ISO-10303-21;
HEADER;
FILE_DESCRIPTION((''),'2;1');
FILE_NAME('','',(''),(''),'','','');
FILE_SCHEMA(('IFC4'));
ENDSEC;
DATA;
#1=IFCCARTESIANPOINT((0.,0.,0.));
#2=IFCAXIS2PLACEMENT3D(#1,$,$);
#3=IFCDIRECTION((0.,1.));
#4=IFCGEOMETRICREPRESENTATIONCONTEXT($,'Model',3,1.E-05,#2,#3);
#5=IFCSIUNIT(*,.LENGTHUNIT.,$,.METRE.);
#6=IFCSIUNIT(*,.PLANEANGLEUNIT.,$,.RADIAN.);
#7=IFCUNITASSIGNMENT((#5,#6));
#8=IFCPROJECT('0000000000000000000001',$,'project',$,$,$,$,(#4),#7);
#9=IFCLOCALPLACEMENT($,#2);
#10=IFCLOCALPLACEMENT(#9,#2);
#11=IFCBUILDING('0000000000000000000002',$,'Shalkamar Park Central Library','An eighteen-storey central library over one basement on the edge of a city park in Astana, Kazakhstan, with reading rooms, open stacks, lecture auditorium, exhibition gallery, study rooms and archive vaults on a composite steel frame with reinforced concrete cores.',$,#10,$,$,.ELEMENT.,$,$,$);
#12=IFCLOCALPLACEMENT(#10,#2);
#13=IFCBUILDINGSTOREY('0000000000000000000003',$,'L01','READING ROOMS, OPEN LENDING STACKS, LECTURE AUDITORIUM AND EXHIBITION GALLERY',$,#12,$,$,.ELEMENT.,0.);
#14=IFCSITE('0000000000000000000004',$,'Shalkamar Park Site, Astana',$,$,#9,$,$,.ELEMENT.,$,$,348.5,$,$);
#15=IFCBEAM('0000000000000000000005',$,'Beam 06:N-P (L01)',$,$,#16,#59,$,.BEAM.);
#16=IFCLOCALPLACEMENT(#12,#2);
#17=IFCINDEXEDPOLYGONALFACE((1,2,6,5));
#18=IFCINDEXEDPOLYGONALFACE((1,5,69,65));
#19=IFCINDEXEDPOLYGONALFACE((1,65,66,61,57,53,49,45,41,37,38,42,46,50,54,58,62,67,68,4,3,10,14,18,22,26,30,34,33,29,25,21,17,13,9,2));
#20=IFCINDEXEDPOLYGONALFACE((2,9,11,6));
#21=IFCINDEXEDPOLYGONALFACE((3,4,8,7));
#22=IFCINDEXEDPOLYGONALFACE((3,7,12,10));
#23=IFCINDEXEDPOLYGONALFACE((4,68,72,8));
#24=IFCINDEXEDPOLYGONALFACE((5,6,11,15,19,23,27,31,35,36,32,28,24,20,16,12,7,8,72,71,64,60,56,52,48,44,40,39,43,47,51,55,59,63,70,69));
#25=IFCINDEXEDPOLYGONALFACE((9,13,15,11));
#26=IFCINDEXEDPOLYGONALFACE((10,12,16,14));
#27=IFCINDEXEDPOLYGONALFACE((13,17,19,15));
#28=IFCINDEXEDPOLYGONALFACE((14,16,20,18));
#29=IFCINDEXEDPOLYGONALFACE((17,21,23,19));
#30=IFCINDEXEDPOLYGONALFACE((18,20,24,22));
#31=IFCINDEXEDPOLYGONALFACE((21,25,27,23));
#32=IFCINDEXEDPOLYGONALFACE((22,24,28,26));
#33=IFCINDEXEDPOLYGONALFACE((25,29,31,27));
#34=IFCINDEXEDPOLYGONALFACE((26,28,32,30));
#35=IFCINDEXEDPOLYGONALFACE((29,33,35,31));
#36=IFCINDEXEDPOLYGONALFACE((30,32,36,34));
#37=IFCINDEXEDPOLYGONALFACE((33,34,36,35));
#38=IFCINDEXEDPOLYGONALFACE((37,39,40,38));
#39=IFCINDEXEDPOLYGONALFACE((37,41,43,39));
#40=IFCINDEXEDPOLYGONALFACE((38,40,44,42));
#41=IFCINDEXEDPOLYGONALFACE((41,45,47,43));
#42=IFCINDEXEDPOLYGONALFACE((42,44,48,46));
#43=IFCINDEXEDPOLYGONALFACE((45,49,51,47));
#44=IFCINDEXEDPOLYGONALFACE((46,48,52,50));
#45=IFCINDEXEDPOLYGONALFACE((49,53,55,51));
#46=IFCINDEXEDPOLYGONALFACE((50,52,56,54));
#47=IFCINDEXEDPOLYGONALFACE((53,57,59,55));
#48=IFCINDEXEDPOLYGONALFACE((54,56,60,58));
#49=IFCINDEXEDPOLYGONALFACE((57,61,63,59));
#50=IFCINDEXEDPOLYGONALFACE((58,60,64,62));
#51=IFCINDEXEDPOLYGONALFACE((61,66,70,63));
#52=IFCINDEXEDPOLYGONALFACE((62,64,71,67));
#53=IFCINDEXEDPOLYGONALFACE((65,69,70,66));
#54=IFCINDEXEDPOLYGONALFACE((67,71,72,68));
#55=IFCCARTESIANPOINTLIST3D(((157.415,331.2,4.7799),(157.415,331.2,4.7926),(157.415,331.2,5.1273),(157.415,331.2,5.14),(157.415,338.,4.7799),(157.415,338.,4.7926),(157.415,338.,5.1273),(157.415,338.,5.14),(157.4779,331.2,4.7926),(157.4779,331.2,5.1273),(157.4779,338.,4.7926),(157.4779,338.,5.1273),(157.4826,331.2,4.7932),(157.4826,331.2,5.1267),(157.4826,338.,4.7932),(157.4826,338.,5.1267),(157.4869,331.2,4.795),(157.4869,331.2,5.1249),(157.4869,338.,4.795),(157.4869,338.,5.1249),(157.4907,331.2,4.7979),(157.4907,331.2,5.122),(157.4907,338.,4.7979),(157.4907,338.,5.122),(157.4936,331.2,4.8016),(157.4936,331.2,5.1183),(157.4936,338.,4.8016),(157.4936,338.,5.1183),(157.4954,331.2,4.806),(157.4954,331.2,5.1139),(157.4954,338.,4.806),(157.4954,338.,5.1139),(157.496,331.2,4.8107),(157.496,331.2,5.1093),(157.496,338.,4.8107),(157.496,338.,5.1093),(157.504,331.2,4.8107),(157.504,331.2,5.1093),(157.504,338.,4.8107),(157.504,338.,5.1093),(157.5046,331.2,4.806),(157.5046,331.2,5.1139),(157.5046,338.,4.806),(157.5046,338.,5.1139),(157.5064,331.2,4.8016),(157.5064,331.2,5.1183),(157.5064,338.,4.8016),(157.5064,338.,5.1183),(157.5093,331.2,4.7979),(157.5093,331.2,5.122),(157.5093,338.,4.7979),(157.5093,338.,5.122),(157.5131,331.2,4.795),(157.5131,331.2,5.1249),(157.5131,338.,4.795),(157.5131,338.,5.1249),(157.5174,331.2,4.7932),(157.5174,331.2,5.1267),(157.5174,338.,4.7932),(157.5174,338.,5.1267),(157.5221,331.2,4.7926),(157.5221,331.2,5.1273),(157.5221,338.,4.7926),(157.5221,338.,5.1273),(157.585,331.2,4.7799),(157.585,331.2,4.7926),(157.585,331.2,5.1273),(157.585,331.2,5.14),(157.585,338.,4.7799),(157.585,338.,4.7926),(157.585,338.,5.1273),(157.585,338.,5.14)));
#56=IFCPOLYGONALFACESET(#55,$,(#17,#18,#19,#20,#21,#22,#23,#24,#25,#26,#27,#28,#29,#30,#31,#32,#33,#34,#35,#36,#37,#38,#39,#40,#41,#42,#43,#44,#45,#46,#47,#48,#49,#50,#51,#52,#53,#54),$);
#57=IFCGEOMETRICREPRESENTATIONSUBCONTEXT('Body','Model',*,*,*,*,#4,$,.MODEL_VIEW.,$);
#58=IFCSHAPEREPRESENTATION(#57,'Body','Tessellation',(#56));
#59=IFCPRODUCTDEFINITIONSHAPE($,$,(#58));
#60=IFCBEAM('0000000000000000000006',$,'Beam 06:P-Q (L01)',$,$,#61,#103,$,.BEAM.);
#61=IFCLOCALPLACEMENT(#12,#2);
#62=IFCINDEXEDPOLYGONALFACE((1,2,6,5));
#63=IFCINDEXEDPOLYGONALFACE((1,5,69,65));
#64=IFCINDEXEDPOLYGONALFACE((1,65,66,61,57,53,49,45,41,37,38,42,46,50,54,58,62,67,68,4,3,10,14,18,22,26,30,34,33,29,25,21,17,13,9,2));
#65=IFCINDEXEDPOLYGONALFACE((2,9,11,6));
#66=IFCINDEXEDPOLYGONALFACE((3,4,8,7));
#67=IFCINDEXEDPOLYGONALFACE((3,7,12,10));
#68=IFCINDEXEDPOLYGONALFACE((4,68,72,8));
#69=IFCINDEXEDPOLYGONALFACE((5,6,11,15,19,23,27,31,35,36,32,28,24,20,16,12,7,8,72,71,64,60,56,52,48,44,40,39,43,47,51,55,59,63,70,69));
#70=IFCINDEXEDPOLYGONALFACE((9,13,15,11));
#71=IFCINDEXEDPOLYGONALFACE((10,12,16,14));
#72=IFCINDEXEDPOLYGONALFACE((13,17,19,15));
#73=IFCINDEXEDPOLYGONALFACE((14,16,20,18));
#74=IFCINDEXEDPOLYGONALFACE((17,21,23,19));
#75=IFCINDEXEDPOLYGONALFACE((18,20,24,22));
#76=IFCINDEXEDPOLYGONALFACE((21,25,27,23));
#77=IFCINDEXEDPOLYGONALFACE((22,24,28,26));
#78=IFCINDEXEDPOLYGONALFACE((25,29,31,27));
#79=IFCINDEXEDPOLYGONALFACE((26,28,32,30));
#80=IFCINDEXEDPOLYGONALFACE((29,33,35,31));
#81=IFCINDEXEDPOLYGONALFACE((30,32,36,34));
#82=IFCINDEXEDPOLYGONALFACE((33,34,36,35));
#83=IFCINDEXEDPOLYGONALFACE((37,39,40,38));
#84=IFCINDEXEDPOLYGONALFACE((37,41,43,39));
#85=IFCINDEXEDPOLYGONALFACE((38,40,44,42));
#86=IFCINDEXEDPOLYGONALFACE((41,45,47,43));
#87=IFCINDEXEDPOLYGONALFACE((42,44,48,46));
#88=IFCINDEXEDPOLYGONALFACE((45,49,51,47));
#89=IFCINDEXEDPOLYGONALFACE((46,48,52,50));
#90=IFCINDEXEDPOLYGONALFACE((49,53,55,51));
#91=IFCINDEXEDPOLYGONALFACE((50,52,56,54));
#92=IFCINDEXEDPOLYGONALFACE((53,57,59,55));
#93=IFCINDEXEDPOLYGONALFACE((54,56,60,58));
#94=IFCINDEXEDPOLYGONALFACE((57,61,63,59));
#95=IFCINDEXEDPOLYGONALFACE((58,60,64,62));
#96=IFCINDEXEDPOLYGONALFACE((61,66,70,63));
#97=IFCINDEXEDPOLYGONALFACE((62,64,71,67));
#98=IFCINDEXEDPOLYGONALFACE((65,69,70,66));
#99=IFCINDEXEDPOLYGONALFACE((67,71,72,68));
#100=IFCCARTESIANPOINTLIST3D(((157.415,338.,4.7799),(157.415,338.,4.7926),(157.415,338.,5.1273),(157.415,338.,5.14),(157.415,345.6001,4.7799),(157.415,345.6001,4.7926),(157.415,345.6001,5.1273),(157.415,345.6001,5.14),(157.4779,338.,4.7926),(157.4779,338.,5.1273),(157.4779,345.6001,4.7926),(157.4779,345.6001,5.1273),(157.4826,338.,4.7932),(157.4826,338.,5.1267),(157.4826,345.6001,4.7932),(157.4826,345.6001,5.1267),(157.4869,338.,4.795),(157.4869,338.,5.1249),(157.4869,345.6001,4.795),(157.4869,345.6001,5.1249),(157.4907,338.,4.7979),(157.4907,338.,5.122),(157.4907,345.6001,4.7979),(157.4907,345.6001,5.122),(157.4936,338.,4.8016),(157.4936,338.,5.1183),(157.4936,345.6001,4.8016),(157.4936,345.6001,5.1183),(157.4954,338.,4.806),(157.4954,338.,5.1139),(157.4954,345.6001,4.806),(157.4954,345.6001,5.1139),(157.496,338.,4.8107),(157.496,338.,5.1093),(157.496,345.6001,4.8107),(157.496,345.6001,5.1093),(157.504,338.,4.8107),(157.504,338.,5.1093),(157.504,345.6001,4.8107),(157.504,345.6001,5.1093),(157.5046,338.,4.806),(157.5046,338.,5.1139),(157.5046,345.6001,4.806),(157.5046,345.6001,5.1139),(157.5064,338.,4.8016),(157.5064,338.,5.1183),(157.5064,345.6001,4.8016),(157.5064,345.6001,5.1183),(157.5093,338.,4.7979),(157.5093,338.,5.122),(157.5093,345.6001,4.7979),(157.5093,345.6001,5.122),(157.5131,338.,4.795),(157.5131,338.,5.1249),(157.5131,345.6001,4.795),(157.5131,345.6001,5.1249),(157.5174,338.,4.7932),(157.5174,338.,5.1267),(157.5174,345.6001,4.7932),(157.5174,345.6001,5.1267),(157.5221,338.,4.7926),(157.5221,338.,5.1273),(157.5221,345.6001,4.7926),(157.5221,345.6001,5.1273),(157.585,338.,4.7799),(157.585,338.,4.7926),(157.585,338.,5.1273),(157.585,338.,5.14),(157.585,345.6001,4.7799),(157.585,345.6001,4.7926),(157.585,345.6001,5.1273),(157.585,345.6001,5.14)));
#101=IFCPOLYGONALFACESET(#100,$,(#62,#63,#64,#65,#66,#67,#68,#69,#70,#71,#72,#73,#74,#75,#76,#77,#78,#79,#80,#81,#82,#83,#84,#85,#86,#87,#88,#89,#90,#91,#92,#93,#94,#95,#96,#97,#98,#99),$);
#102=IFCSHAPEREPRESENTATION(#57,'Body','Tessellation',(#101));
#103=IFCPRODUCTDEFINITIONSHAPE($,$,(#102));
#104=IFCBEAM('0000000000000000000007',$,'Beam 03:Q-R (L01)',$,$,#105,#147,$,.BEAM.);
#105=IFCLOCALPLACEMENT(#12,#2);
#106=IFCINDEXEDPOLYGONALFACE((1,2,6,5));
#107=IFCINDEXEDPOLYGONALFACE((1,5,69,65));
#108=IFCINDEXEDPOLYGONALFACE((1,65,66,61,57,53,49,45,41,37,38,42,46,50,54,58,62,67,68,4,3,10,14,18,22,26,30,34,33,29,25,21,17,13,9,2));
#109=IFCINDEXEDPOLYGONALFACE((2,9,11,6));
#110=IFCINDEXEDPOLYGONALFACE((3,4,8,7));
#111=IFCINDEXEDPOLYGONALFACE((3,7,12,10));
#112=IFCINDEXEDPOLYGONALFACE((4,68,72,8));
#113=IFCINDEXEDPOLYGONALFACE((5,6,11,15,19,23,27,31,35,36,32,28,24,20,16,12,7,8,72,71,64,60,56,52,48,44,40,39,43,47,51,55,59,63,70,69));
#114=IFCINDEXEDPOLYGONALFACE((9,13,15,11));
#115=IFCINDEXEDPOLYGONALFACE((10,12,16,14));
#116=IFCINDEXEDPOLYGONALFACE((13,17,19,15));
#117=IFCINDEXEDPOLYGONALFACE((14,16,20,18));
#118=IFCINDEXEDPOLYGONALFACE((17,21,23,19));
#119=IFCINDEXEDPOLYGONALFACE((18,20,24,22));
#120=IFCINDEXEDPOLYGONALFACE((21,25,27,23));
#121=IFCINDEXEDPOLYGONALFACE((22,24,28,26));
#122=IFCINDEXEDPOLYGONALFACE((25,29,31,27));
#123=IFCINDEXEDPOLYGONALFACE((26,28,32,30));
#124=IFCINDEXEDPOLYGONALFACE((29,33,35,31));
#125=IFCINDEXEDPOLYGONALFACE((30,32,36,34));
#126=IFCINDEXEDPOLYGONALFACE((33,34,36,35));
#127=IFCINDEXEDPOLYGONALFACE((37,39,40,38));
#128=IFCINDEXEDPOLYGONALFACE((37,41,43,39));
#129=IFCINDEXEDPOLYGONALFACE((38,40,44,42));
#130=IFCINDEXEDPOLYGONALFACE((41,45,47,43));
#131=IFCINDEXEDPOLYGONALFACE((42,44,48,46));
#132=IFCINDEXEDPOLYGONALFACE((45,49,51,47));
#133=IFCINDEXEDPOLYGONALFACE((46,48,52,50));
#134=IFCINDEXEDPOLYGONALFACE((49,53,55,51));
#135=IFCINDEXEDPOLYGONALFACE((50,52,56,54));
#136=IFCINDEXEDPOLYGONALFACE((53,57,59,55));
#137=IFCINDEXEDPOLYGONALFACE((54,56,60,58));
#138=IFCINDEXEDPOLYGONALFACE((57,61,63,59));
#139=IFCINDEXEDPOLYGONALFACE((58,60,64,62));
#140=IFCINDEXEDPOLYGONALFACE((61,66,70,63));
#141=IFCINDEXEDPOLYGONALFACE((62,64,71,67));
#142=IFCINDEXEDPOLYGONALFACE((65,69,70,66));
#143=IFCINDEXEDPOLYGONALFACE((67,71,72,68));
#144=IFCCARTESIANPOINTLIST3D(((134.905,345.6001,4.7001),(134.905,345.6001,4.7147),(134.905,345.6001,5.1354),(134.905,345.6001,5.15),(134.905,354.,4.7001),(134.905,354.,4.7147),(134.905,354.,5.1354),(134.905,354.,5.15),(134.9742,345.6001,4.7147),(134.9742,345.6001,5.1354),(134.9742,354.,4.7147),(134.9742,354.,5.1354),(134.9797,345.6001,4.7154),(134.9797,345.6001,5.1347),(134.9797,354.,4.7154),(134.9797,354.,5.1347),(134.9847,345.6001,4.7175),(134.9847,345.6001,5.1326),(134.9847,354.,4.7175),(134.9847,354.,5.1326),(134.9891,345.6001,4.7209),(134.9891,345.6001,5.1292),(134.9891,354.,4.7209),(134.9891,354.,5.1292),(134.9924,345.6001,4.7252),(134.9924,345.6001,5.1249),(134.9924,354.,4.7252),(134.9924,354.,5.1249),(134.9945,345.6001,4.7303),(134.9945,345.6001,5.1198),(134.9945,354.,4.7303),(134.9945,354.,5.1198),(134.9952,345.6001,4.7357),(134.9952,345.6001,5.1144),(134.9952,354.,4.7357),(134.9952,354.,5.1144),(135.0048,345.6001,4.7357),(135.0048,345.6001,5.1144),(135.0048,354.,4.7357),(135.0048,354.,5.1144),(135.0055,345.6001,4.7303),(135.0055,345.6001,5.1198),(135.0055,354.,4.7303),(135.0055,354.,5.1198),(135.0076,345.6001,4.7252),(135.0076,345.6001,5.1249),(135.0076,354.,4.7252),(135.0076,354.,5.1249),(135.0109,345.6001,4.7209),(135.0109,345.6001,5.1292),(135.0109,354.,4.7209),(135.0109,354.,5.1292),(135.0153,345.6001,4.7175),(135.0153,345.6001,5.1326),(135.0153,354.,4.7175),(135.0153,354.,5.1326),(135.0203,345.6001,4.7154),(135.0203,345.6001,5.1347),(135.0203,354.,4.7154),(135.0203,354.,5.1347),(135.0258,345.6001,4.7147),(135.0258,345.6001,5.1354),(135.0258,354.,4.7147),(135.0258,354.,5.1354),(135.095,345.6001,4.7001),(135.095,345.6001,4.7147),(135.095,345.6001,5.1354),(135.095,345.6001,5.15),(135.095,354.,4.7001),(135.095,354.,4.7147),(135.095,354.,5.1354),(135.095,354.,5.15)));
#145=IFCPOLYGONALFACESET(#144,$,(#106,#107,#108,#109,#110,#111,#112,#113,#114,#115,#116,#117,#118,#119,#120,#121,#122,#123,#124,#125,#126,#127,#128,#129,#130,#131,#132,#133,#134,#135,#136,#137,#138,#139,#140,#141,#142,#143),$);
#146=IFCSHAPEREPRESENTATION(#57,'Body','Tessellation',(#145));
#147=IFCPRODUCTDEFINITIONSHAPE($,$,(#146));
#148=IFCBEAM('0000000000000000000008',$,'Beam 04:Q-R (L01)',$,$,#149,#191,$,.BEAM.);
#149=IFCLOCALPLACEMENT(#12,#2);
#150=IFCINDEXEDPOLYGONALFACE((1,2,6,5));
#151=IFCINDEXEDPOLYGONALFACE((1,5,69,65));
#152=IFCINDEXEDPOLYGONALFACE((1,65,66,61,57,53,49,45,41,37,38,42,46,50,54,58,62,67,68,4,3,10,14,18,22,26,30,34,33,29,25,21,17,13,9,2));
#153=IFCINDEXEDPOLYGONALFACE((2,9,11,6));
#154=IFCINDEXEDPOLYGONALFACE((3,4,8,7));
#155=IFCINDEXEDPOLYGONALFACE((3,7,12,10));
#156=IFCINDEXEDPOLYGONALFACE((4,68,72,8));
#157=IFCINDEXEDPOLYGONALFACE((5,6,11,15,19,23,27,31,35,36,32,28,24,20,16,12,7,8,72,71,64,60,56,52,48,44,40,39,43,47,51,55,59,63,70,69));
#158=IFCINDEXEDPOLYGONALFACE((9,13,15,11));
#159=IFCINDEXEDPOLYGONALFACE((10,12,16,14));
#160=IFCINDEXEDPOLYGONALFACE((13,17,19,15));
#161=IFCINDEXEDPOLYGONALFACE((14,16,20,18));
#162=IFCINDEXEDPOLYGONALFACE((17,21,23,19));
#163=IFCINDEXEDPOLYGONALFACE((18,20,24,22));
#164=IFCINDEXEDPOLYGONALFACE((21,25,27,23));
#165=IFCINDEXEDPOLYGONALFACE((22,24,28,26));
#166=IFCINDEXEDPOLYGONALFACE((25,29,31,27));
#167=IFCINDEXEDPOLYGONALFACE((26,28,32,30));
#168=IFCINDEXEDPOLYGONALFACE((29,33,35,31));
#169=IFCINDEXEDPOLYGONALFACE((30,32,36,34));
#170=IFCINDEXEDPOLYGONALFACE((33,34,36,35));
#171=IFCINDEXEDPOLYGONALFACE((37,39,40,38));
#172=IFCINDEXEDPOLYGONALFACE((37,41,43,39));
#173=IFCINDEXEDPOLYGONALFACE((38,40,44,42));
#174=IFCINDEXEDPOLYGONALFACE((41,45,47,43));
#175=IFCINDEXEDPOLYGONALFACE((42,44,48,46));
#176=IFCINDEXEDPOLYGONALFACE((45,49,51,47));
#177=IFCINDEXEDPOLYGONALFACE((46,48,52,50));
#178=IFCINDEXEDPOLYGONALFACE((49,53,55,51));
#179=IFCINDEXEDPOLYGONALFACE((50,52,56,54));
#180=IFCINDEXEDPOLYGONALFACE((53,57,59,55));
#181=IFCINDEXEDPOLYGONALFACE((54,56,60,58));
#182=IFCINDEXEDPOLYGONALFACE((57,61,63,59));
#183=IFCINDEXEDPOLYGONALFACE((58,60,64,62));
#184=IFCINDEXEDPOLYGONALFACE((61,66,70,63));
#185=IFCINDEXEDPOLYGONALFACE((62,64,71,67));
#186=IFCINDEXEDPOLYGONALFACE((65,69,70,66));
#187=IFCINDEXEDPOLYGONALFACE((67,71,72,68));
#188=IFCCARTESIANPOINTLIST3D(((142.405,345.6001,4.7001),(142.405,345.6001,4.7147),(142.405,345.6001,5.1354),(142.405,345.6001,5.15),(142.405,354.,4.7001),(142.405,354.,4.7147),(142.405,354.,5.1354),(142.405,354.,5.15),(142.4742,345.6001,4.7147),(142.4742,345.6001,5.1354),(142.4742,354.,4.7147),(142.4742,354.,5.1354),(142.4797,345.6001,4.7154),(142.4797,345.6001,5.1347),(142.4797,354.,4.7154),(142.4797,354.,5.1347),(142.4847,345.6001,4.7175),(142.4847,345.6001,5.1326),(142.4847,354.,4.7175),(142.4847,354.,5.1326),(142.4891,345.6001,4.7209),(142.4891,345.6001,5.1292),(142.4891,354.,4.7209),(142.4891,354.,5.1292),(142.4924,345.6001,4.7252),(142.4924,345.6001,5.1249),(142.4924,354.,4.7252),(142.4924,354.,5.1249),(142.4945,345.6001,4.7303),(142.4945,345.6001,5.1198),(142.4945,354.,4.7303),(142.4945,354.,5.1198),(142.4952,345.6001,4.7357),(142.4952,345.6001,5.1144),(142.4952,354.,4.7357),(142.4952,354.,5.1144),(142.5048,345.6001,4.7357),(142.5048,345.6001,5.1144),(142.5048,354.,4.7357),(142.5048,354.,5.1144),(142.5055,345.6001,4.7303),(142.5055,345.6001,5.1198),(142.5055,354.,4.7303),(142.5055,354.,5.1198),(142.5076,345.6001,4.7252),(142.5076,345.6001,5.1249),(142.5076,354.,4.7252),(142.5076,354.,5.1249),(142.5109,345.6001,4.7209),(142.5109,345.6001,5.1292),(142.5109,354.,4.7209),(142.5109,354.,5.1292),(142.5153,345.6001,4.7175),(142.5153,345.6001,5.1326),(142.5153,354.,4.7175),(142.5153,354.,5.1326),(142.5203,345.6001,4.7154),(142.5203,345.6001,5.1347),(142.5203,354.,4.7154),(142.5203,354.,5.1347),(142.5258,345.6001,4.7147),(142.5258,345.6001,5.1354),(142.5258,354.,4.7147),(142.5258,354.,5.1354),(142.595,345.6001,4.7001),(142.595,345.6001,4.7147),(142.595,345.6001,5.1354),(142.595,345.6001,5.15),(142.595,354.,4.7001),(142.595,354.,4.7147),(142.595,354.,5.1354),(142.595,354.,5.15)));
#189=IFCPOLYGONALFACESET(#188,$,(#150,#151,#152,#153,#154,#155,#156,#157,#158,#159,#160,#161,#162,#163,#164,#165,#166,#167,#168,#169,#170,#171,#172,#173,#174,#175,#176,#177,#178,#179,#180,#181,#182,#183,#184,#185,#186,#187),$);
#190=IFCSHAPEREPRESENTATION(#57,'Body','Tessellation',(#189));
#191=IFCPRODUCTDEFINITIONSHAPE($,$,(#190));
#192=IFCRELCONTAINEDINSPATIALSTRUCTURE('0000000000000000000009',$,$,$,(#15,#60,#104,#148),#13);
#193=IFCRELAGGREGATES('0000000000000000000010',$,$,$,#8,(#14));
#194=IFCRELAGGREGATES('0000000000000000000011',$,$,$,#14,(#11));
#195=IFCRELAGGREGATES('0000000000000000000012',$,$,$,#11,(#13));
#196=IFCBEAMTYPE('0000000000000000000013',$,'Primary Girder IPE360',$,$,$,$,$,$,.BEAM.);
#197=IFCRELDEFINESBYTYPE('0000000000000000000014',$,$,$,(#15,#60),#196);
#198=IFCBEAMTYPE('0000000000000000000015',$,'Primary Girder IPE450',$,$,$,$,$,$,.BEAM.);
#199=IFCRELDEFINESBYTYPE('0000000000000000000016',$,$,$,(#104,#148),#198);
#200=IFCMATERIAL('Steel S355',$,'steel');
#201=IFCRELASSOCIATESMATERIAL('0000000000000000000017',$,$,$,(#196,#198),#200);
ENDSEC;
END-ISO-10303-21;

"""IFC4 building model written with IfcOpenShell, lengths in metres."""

from ifc_helpers import new_model, si_unit, direction, frame, origin, origin_2d, place, context, subcontext, project, spatial, i_section, extrude, material, material_profile, profile_set, type_object, element, save


model = new_model("IFC4")

# Units and contexts
model_context = context("Model", 3, precision=1e-05, world=origin(), true_north=direction((0.0, 1.0)))
body_context = subcontext(model_context, "Body", "Model", "MODEL_VIEW")
ifc_project = project(units=[si_unit("LENGTHUNIT", "METRE"), si_unit("PLANEANGLEUNIT", "RADIAN")], contexts=[model_context])

# Site, building, storey
site_placement = place(None, origin())
site = spatial("IfcSite", under=ifc_project, at=site_placement, Name="Shalkamar Park Site, Astana", CompositionType="ELEMENT", RefElevation=348.5)
building_placement = place(site_placement, origin())
building = spatial("IfcBuilding", under=site, at=building_placement, Name="Shalkamar Park Central Library", Description="An eighteen-storey central library over one basement on the edge of a city park in Astana, Kazakhstan, with reading rooms, open stacks, lecture auditorium, exhibition gallery, study rooms and archive vaults on a composite steel frame with reinforced concrete cores.", CompositionType="ELEMENT")
storey_placement = place(building_placement, origin())
storey = spatial("IfcBuildingStorey", under=building, at=storey_placement, Name="L01", Description="READING ROOMS, OPEN LENDING STACKS, LECTURE AUDITORIUM AND EXHIBITION GALLERY", CompositionType="ELEMENT", Elevation=0.0)

# Shared definitions
ifc_material_1 = material(Name="Steel S355", Category="steel")

# Beams
ifc_material_profile_1 = material_profile(ifc_material_1, i_section(OverallWidth=0.1699, OverallDepth=0.3601, WebThickness=0.0081, FlangeThickness=0.0127, FilletRadius=0.0181, at=origin_2d()), Name="IPE 360")
ifc_profile_set_1 = profile_set([ifc_material_profile_1], Name="Steel S355")
beam_type_1 = type_object("IfcBeamType", Name="Primary Girder IPE360", PredefinedType="BEAM", material=ifc_profile_set_1)
beam_1_placement = place(storey_placement, frame((157.5, 331.2, 4.96), z_axis=(0.0, 1.0, 0.0), x_axis=(-1.0, 0.0, 0.0)))
element("IfcBeam", 1, at=beam_1_placement, inside=storey, type_object=beam_type_1, Name="Beam 06:N-P (L01)", PredefinedType="BEAM", context=body_context, shape_type="SweptSolid", body=[
    extrude(i_section(OverallWidth=0.1699, OverallDepth=0.3601, WebThickness=0.0081, FlangeThickness=0.0127, FilletRadius=0.0181, at=origin_2d()), origin(), (0.0, 0.0, 1.0), 6.8),
])
beam_2_placement = place(storey_placement, frame((157.5, 338.0, 4.96), z_axis=(0.0, 1.0, 0.0), x_axis=(-1.0, 0.0, 0.0)))
element("IfcBeam", 2, at=beam_2_placement, inside=storey, type_object=beam_type_1, Name="Beam 06:P-Q (L01)", PredefinedType="BEAM", context=body_context, shape_type="SweptSolid", body=[
    extrude(i_section(OverallWidth=0.1699, OverallDepth=0.3601, WebThickness=0.0081, FlangeThickness=0.0127, FilletRadius=0.0181, at=origin_2d()), origin(), (0.0, 0.0, 1.0), 7.6001),
])
ifc_material_profile_2 = material_profile(ifc_material_1, i_section(OverallWidth=0.1899, OverallDepth=0.45, WebThickness=0.0095, FlangeThickness=0.0146, FilletRadius=0.021, at=origin_2d()), Name="IPE 450")
ifc_profile_set_2 = profile_set([ifc_material_profile_2], Name="Steel S355")
beam_type_2 = type_object("IfcBeamType", Name="Primary Girder IPE450", PredefinedType="BEAM", material=ifc_profile_set_2)
for number, where, z_axis, x_axis, name in (
    (3, (135.0, 345.6001, 4.925), (0.0, 1.0, 0.0), (-1.0, 0.0, 0.0), "Beam 03:Q-R (L01)"),
    (4, (142.5, 345.6001, 4.925), (0.0, 1.0, 0.0), (-1.0, 0.0, 0.0), "Beam 04:Q-R (L01)"),
):
    element("IfcBeam", number, at=place(storey_placement, frame(where, z_axis=z_axis, x_axis=x_axis)), inside=storey, type_object=beam_type_2, Name=name, PredefinedType="BEAM", context=body_context, shape_type="SweptSolid", body=[
        extrude(i_section(OverallWidth=0.1899, OverallDepth=0.45, WebThickness=0.0095, FlangeThickness=0.0146, FilletRadius=0.021, at=origin_2d()), origin(), (0.0, 0.0, 1.0), 8.3999),
    ])

save(model, "model.ifc")
